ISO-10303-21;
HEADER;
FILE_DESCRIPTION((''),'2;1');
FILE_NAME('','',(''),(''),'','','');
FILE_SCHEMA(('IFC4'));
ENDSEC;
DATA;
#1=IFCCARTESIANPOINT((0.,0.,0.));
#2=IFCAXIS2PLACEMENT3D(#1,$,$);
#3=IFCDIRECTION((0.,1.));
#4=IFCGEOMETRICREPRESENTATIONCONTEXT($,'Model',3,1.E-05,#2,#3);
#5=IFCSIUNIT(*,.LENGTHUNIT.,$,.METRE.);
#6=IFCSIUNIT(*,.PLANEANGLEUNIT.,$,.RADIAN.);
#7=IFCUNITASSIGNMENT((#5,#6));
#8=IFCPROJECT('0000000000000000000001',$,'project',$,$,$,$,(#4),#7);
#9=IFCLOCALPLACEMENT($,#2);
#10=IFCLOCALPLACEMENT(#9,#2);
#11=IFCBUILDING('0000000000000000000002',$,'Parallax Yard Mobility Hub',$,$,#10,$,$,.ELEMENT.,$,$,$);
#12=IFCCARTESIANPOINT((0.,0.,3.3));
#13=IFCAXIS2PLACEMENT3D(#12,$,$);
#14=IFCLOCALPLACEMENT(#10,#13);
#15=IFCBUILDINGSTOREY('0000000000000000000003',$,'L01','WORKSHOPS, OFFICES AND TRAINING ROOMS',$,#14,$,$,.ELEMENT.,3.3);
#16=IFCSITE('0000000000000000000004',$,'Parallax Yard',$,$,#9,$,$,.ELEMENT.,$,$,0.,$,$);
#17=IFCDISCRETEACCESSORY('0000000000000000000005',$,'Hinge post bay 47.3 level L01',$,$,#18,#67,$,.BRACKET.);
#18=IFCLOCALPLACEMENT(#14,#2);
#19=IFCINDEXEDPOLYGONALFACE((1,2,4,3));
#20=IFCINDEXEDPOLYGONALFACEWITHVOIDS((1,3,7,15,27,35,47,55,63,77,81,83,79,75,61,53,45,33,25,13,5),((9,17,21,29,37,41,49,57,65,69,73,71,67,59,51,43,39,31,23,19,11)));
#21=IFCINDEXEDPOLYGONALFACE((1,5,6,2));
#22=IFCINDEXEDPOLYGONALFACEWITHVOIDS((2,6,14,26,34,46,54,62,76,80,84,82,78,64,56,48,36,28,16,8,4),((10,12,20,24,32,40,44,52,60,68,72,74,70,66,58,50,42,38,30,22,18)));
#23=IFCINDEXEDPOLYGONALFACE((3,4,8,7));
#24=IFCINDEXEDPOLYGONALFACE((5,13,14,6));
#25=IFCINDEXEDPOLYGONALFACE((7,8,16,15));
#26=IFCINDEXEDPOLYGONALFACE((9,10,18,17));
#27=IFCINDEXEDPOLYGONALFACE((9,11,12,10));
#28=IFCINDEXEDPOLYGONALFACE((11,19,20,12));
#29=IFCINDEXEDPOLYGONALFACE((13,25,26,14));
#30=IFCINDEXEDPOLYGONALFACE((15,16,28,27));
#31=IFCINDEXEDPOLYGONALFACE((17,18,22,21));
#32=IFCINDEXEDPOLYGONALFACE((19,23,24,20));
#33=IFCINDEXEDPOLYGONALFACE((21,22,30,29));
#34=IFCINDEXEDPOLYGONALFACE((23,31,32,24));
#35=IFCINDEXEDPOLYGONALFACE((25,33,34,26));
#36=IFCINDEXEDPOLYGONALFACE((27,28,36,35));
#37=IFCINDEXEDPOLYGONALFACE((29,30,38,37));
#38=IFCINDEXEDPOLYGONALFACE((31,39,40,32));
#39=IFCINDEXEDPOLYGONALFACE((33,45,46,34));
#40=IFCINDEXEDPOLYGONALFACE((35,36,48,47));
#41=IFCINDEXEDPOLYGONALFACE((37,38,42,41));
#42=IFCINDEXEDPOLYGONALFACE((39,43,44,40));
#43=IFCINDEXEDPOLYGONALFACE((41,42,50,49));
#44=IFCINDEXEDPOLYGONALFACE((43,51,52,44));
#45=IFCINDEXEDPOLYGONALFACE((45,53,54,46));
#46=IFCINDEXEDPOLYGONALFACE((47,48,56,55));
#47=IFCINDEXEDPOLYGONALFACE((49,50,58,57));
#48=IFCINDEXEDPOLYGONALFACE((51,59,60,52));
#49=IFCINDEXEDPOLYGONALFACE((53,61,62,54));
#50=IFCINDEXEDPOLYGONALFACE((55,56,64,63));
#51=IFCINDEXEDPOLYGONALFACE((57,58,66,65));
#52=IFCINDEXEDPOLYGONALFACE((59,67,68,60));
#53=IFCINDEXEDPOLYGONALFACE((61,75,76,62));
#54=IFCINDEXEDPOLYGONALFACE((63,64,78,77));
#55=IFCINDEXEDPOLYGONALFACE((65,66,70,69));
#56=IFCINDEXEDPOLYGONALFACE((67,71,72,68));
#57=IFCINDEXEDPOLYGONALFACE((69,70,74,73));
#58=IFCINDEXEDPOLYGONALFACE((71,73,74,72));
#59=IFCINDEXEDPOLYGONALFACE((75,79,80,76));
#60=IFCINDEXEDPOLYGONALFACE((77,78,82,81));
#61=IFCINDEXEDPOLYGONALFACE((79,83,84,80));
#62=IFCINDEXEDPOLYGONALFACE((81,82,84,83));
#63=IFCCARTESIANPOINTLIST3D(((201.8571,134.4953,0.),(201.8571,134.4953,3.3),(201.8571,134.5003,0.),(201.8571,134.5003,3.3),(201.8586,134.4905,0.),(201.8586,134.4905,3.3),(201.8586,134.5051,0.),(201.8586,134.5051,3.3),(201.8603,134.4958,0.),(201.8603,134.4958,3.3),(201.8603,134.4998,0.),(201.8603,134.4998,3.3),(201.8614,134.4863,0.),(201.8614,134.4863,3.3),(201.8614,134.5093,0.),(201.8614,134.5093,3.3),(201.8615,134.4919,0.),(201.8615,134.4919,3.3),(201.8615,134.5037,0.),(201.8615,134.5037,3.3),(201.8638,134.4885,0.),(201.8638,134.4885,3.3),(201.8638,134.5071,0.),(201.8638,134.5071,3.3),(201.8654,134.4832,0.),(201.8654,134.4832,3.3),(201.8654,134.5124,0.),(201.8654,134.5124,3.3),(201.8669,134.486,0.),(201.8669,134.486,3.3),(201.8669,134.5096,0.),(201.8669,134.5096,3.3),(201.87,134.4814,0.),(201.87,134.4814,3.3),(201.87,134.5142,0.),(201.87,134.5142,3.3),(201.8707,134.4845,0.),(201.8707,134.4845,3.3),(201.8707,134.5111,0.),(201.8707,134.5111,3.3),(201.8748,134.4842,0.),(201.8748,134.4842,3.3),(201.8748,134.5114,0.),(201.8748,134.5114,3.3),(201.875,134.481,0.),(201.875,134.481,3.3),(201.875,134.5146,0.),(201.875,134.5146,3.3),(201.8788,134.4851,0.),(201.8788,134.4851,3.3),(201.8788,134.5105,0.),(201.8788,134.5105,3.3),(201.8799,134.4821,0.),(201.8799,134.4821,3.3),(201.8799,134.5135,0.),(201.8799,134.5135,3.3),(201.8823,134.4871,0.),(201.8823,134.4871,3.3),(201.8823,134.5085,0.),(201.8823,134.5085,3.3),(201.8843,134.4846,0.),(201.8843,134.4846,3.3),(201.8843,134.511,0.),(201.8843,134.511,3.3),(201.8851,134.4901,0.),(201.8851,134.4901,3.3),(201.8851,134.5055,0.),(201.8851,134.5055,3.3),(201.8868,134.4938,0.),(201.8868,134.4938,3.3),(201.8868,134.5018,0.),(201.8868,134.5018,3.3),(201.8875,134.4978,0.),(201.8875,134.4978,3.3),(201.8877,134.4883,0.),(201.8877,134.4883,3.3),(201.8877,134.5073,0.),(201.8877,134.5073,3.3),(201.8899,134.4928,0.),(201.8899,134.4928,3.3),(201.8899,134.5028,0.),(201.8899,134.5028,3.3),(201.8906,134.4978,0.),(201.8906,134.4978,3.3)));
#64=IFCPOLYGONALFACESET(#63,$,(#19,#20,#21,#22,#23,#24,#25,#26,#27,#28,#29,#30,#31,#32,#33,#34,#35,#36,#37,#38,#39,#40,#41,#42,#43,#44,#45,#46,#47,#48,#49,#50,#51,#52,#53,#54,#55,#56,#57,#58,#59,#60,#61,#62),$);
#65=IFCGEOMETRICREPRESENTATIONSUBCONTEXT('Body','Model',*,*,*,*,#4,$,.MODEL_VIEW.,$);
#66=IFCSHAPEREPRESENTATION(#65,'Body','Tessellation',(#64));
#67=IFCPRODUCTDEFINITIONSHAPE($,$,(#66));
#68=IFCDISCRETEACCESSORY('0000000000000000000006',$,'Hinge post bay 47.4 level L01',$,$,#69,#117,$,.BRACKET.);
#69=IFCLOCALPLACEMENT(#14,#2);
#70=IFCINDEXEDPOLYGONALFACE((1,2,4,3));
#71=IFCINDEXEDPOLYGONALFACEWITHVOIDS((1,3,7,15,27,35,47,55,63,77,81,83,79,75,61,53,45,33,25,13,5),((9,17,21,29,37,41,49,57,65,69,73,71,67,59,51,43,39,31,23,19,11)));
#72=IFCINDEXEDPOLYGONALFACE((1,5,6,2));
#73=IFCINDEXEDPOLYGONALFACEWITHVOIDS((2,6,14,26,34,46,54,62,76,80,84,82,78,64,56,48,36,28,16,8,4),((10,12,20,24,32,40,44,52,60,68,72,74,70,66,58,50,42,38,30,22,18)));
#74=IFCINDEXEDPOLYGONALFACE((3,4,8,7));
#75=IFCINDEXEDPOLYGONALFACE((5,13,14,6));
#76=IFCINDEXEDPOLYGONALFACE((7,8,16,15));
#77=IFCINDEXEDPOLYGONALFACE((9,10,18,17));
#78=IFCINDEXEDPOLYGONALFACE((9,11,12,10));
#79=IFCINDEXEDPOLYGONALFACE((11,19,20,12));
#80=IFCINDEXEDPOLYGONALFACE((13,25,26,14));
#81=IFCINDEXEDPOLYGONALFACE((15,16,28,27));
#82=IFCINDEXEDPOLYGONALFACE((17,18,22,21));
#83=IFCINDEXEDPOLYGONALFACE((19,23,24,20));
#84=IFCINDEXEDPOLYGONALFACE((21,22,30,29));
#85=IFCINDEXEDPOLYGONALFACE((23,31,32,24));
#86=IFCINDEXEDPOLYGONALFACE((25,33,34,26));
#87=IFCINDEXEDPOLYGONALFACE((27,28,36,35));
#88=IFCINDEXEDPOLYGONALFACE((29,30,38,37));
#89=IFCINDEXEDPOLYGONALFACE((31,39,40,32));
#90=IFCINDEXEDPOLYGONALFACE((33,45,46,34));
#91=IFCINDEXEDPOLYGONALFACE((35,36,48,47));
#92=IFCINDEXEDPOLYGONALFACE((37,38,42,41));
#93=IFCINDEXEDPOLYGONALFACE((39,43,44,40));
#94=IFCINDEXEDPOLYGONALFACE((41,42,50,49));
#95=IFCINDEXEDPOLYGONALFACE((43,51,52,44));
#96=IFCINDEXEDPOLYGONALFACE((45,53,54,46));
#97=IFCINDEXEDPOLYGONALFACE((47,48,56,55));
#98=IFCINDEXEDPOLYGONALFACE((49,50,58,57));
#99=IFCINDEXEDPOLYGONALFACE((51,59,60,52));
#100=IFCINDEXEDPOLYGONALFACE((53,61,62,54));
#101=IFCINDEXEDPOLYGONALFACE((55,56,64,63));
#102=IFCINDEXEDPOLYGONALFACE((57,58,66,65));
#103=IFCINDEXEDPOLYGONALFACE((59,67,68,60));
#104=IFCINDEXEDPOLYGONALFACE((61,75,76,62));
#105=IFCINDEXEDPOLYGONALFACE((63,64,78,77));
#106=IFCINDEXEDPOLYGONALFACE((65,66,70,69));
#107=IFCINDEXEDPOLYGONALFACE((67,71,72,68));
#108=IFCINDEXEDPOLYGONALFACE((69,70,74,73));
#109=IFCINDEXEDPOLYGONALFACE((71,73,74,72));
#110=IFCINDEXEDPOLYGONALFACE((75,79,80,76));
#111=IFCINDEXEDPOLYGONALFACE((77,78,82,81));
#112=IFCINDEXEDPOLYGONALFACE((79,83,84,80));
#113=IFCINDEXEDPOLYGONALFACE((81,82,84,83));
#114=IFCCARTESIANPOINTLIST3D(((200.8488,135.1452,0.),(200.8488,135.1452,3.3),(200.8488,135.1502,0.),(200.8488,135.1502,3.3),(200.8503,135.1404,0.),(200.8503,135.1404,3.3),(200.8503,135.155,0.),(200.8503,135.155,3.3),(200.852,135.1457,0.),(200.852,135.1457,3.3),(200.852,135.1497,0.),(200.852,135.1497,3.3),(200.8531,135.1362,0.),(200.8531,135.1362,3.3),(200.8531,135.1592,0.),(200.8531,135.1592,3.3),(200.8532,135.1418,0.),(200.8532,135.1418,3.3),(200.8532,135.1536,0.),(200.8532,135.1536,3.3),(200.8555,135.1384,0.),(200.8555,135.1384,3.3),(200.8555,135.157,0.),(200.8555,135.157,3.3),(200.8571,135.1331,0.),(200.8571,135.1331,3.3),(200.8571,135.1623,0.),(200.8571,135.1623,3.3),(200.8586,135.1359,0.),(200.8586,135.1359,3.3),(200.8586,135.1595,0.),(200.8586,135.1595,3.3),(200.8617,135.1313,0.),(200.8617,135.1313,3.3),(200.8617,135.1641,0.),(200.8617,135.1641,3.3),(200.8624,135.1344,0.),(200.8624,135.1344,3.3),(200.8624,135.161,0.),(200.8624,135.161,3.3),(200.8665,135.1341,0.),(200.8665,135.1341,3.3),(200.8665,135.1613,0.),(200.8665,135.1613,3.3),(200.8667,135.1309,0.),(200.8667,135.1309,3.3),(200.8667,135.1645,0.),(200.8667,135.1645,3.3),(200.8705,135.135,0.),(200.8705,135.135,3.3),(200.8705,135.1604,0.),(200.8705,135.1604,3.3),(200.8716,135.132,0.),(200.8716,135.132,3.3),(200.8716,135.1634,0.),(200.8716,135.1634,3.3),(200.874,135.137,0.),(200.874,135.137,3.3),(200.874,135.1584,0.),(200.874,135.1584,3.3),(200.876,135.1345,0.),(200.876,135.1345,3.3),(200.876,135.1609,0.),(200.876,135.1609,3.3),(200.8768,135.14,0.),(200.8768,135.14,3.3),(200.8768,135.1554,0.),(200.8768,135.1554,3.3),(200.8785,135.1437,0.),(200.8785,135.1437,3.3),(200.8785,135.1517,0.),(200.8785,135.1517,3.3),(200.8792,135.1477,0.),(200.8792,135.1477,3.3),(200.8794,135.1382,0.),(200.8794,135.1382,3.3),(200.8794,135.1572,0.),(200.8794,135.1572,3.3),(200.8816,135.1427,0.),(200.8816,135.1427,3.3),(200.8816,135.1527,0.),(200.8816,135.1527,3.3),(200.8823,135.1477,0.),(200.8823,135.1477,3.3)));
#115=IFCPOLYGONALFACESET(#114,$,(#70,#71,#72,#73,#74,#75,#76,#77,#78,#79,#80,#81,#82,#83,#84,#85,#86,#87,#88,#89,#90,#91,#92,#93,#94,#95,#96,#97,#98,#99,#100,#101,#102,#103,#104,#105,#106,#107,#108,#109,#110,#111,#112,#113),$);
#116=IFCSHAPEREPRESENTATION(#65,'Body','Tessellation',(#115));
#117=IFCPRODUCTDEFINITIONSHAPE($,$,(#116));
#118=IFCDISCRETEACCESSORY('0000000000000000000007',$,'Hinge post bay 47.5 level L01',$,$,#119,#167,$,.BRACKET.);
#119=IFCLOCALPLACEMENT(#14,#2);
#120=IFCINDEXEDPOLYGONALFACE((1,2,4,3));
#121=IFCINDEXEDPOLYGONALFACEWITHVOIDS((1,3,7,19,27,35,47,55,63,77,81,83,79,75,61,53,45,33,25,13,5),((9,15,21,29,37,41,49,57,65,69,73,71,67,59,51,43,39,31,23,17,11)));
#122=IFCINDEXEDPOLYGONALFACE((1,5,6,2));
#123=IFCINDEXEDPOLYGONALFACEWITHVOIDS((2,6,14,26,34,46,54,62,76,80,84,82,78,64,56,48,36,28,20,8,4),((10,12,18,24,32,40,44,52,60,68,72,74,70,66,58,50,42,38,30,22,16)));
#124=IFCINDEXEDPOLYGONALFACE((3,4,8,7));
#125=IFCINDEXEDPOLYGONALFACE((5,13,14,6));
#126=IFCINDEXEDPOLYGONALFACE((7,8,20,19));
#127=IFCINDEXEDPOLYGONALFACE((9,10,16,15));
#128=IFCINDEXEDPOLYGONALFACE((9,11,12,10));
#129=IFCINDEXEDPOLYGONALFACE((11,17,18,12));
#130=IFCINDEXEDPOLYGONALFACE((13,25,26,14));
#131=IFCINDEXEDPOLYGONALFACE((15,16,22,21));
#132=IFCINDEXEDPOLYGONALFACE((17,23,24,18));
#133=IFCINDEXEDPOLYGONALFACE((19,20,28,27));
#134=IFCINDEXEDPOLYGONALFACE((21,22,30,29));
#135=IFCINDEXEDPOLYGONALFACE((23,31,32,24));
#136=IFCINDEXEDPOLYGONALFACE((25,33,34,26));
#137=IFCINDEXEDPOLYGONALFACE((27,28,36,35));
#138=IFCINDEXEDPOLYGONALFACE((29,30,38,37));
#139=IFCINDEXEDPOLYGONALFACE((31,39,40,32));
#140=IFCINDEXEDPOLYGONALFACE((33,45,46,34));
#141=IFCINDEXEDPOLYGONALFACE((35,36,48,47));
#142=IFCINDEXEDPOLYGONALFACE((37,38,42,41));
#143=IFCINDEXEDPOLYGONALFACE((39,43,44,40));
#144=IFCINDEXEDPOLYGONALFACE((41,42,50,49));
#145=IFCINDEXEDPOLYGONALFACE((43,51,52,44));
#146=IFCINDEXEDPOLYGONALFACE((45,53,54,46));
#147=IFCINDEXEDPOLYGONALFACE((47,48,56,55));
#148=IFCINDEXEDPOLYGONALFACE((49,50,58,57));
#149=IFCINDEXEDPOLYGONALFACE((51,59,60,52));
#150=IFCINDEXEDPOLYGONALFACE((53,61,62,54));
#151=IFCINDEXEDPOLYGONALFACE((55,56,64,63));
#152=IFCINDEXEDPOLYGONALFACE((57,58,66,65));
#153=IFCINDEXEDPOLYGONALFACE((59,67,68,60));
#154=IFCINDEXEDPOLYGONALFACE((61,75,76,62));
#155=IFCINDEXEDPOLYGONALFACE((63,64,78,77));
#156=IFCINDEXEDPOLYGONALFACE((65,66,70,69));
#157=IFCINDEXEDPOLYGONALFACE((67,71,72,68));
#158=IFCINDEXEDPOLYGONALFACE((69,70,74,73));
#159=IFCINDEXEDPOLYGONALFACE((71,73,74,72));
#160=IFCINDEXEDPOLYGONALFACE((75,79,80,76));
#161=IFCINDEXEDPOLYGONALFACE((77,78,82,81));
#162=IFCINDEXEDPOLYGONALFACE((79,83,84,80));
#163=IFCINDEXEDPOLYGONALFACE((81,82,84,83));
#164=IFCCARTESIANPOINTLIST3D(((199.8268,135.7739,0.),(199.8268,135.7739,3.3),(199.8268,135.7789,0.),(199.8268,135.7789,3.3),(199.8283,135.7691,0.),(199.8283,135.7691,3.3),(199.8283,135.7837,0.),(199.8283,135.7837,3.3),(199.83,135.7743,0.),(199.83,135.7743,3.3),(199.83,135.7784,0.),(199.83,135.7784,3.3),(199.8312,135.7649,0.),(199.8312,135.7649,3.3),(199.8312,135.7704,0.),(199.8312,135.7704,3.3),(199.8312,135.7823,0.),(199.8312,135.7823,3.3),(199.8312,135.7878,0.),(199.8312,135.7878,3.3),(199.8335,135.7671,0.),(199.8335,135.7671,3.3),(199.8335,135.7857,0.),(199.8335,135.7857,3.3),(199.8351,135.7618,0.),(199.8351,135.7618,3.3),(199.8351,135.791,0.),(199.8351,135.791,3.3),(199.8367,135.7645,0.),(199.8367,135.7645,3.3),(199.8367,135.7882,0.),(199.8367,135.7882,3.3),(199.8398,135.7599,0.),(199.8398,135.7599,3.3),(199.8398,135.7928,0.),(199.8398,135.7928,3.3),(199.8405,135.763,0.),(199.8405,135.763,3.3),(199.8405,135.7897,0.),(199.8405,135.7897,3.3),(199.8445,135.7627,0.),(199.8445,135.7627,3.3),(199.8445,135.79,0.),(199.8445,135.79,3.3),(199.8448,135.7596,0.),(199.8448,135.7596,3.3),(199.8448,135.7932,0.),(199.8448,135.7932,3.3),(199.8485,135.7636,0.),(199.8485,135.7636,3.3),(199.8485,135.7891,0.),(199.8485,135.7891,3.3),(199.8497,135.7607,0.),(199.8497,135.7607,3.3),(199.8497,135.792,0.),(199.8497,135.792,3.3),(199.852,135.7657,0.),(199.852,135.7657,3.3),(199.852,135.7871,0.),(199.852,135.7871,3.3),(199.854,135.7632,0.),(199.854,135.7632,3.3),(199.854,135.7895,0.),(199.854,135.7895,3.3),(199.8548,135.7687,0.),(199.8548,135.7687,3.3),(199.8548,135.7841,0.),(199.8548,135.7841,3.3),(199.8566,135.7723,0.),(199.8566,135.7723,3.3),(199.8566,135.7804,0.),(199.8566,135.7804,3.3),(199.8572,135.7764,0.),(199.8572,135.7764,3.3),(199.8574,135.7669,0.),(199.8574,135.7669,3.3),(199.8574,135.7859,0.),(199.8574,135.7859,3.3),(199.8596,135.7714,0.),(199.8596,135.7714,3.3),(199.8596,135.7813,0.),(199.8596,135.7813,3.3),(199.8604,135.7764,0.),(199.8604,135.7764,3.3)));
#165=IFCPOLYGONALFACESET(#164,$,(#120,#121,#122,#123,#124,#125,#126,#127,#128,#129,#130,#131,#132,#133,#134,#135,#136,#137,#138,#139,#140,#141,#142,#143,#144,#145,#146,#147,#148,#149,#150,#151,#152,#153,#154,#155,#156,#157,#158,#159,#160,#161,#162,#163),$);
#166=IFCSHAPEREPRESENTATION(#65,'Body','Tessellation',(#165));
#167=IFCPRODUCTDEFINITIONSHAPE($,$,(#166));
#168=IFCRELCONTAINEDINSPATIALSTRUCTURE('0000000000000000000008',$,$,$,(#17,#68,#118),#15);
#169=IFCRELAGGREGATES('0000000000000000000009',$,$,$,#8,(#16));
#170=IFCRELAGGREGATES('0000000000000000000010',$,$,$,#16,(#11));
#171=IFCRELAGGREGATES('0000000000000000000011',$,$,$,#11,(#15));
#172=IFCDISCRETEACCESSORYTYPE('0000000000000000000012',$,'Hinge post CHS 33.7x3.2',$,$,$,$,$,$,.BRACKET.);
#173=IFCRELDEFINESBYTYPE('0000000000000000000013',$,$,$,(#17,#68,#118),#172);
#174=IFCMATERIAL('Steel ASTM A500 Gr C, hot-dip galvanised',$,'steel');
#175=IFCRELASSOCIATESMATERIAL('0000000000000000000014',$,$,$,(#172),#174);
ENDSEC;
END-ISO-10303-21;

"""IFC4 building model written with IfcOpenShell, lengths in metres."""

from ifc_helpers import new_model, si_unit, direction, frame, origin, origin_2d, place, context, subcontext, project, spatial, hollow_circle, extrude, material, material_profile, profile_set, type_object, element, save


model = new_model("IFC4")

# Units and contexts
model_context = context("Model", 3, precision=1e-05, world=origin(), true_north=direction((0.0, 1.0)))
body_context = subcontext(model_context, "Body", "Model", "MODEL_VIEW")
ifc_project = project(units=[si_unit("LENGTHUNIT", "METRE"), si_unit("PLANEANGLEUNIT", "RADIAN")], contexts=[model_context])

# Site, building, storey
site_placement = place(None, origin())
site = spatial("IfcSite", under=ifc_project, at=site_placement, Name="Parallax Yard", CompositionType="ELEMENT", RefElevation=0.0)
building_placement = place(site_placement, origin())
building = spatial("IfcBuilding", under=site, at=building_placement, Name="Parallax Yard Mobility Hub", CompositionType="ELEMENT")
storey_placement = place(building_placement, frame((0.0, 0.0, 3.3)))
storey = spatial("IfcBuildingStorey", under=building, at=storey_placement, Name="L01", Description="WORKSHOPS, OFFICES AND TRAINING ROOMS", CompositionType="ELEMENT", Elevation=3.3)

# Discrete accessories
ifc_material_1 = material(Name="Steel ASTM A500 Gr C, hot-dip galvanised", Category="steel")
ifc_material_profile_1 = material_profile(ifc_material_1, hollow_circle(Radius=0.0168, WallThickness=0.0032, at=origin_2d()), Name="CHS 33.7x3.2")
ifc_profile_set_1 = profile_set([ifc_material_profile_1], Name="Steel ASTM A500 Gr C, hot-dip galvanised")
discrete_accessory_type_1 = type_object("IfcDiscreteAccessoryType", Name="Hinge post CHS 33.7x3.2", PredefinedType="BRACKET", material=ifc_profile_set_1)
for number, where, z_axis, x_axis, name in (
    (1, (201.8738, 134.4978, 0.0), (0.0, 0.0, 1.0), (1.0, 0.0, 0.0), "Hinge post bay 47.3 level L01"),
    (2, (200.8655, 135.1477, 0.0), (0.0, 0.0, 1.0), (1.0, 0.0, 0.0), "Hinge post bay 47.4 level L01"),
    (3, (199.8435, 135.7764, 0.0), (0.0, 0.0, 1.0), (1.0, 0.0, 0.0), "Hinge post bay 47.5 level L01"),
):
    element("IfcDiscreteAccessory", number, at=place(storey_placement, frame(where, z_axis=z_axis, x_axis=x_axis)), inside=storey, type_object=discrete_accessory_type_1, Name=name, PredefinedType="BRACKET", context=body_context, shape_type="SweptSolid", body=[
        extrude(hollow_circle(Radius=0.0168, WallThickness=0.0032, at=origin_2d()), origin(), (0.0, 0.0, 1.0), 3.3),
    ])

save(model, "model.ifc")
